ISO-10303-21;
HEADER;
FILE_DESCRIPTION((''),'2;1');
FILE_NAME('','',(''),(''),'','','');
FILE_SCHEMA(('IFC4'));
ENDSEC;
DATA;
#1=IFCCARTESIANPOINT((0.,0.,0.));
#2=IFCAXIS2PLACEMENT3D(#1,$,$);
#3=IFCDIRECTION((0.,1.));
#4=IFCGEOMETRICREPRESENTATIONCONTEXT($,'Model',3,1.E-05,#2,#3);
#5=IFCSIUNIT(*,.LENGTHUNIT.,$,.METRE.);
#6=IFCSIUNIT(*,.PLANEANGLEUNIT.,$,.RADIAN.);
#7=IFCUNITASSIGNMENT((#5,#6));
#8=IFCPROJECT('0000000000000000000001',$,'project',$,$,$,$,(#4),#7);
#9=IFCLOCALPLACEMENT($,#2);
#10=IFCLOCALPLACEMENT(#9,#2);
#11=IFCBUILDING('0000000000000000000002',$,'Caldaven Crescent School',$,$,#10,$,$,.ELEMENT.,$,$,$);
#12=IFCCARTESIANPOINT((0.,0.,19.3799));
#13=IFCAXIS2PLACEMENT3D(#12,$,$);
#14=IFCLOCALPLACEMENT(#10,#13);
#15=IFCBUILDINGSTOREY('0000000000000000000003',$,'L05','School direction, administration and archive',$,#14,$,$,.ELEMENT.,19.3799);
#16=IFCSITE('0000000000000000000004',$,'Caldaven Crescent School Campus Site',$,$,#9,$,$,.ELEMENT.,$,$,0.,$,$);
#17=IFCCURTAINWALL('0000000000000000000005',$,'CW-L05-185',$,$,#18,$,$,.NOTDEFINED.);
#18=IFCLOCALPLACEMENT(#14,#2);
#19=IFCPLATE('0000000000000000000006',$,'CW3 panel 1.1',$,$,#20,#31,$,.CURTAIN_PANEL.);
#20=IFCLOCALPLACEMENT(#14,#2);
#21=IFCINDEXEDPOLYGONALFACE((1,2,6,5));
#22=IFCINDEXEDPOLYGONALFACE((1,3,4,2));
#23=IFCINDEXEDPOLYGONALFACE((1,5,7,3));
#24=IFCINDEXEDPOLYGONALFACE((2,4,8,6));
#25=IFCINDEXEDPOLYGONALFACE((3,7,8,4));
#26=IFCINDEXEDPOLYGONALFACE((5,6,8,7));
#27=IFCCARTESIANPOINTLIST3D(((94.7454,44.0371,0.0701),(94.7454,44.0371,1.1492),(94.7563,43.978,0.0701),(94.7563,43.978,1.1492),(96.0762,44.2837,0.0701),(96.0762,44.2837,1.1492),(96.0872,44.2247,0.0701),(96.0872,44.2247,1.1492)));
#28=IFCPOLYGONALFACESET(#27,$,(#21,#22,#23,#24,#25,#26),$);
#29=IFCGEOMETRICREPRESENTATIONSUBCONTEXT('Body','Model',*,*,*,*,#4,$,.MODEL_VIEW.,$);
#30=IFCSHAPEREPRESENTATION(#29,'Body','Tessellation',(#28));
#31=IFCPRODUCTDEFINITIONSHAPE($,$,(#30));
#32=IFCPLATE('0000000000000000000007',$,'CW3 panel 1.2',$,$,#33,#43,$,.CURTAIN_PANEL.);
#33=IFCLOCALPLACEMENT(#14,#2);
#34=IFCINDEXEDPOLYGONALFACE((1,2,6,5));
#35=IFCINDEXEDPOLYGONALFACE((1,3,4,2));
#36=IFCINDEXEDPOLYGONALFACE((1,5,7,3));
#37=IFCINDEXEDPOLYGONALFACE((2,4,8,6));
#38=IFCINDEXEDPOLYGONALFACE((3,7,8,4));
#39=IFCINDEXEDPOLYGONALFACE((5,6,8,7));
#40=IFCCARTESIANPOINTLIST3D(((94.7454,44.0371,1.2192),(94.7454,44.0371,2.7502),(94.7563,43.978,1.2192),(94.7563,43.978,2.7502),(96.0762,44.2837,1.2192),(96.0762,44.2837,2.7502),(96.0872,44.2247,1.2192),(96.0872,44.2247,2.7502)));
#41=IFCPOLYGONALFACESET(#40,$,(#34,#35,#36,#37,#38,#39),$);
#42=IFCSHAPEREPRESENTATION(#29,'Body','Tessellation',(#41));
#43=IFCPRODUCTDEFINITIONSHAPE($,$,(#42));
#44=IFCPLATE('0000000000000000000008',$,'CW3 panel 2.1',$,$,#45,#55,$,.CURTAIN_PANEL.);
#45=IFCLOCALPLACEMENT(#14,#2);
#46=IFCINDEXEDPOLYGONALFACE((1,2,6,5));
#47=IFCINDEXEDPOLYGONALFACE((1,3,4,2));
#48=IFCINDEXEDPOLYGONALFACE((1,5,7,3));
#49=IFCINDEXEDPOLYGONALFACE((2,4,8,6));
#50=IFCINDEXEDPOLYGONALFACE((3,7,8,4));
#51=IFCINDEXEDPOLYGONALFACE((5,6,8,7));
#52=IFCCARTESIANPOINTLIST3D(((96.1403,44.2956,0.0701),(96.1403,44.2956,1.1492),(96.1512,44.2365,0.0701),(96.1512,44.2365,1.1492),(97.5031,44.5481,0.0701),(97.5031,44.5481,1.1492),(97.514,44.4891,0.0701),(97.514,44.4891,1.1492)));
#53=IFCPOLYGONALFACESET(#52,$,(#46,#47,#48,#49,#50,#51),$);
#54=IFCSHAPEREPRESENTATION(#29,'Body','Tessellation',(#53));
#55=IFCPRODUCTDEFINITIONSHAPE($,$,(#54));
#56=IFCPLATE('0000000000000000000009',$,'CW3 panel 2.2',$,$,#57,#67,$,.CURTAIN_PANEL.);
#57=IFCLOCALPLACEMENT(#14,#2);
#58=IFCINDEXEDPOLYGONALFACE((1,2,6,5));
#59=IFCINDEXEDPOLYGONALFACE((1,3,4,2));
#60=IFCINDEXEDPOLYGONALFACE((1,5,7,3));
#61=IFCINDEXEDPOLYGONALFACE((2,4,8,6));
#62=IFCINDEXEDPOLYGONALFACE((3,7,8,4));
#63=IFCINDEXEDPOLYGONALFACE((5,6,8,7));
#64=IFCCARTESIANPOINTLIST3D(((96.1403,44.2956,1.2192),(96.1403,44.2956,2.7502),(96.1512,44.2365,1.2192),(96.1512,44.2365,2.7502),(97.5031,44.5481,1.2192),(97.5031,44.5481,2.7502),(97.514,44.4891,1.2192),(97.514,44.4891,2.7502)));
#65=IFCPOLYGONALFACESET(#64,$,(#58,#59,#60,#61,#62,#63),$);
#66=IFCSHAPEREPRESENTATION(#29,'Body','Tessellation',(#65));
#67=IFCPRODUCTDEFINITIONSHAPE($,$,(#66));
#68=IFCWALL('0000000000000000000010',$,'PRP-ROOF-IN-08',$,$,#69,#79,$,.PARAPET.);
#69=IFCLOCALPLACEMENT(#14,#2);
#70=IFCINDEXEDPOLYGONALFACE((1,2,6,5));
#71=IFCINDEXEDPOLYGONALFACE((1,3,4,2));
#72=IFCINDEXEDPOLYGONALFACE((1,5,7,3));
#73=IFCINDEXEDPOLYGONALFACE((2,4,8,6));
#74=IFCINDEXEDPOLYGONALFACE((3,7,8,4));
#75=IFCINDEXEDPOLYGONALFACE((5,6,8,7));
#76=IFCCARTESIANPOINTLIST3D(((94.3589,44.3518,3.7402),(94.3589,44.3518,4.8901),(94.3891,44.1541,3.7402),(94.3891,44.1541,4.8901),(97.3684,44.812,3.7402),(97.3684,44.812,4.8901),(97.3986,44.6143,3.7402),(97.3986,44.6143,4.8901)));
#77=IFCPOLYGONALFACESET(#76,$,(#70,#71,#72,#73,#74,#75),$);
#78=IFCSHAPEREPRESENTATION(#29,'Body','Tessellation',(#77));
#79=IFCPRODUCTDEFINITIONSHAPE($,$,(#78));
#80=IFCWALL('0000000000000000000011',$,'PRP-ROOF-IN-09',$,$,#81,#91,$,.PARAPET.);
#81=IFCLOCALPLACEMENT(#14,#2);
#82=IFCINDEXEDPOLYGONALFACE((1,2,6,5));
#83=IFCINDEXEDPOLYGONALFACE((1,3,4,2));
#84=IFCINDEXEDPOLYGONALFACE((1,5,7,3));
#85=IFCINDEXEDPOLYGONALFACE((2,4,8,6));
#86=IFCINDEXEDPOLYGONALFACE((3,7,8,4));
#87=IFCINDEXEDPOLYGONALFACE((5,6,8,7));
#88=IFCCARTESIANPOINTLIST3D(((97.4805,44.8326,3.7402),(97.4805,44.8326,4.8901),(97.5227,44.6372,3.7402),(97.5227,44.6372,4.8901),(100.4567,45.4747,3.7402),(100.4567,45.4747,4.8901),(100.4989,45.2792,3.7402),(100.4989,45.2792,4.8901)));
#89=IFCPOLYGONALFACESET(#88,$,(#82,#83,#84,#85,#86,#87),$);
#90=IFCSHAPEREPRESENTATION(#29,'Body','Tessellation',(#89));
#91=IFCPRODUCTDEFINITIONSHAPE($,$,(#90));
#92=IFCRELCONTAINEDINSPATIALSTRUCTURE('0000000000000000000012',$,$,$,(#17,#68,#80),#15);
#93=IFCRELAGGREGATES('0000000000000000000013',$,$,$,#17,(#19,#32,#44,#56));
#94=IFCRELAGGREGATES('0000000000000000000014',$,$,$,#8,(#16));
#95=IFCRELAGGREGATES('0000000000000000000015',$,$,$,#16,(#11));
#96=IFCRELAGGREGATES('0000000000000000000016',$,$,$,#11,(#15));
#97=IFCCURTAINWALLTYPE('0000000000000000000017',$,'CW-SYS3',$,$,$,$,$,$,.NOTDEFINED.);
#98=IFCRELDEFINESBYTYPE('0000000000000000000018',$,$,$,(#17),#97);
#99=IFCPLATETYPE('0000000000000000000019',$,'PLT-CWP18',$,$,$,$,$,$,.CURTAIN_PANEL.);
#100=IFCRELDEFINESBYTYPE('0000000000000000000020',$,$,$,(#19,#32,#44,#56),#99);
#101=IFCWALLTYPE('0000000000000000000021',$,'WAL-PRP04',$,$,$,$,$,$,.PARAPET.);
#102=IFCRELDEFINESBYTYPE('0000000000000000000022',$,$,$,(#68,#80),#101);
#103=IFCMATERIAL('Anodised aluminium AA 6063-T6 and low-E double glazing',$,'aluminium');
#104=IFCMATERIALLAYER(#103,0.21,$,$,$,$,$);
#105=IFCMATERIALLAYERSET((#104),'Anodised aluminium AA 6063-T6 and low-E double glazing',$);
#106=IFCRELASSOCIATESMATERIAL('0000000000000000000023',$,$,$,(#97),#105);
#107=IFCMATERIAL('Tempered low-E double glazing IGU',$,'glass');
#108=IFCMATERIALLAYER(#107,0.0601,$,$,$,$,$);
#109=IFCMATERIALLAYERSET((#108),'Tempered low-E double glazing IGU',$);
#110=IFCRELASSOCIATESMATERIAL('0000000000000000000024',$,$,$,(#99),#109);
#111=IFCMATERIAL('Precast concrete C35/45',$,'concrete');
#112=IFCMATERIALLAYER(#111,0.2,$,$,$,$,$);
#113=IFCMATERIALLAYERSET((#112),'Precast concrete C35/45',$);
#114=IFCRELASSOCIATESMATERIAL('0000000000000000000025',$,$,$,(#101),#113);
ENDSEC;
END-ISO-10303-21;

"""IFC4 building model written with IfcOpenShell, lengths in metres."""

from ifc_helpers import new_model, si_unit, direction, frame, frame_2d, origin, origin_2d, place, context, subcontext, project, spatial, rectangle, extrude, material, layer, layer_set, type_object, element, aggregate, save


model = new_model("IFC4")

# Units and contexts
model_context = context("Model", 3, precision=1e-05, world=origin(), true_north=direction((0.0, 1.0)))
body_context = subcontext(model_context, "Body", "Model", "MODEL_VIEW")
ifc_project = project(units=[si_unit("LENGTHUNIT", "METRE"), si_unit("PLANEANGLEUNIT", "RADIAN")], contexts=[model_context])

# Site, building, storey
site_placement = place(None, origin())
site = spatial("IfcSite", under=ifc_project, at=site_placement, Name="Caldaven Crescent School Campus Site", CompositionType="ELEMENT", RefElevation=0.0)
building_placement = place(site_placement, origin())
building = spatial("IfcBuilding", under=site, at=building_placement, Name="Caldaven Crescent School", CompositionType="ELEMENT")
storey_placement = place(building_placement, frame((0.0, 0.0, 19.3799)))
storey = spatial("IfcBuildingStorey", under=building, at=storey_placement, Name="L05", Description="School direction, administration and archive", CompositionType="ELEMENT", Elevation=19.3799)

# Curtain wall
ifc_material_1 = material(Name="Anodised aluminium AA 6063-T6 and low-E double glazing", Category="aluminium")
ifc_layer_1 = layer(ifc_material_1, 0.21)
ifc_layer_set_1 = layer_set([ifc_layer_1], Name="Anodised aluminium AA 6063-T6 and low-E double glazing")
curtain_wall_type_1 = type_object("IfcCurtainWallType", Name="CW-SYS3", PredefinedType="NOTDEFINED", material=ifc_layer_set_1)
curtain_wall_1_placement = place(storey_placement, origin())
curtain_wall_1 = element("IfcCurtainWall", 1, at=curtain_wall_1_placement, inside=storey, type_object=curtain_wall_type_1, Name="CW-L05-185", PredefinedType="NOTDEFINED")

# Plates
ifc_material_2 = material(Name="Tempered low-E double glazing IGU", Category="glass")
ifc_layer_2 = layer(ifc_material_2, 0.0601)
ifc_layer_set_2 = layer_set([ifc_layer_2], Name="Tempered low-E double glazing IGU")
plate_type_1 = type_object("IfcPlateType", Name="PLT-CWP18", PredefinedType="CURTAIN_PANEL", material=ifc_layer_set_2)
plate_1_placement = place(storey_placement, frame((95.4163, 44.1309, 0.0701), z_axis=(0.0, 0.0, 1.0), x_axis=(0.983255, 0.182236, 0.0)))
plate_1 = element("IfcPlate", 2, at=plate_1_placement, type_object=plate_type_1, Name="CW3 panel 1.1", PredefinedType="CURTAIN_PANEL", context=body_context, shape_type="SweptSolid", body=[
    extrude(rectangle(XDim=1.3535, YDim=0.0601, at=origin_2d()), origin(), (0.0, 0.0, 1.0), 1.0791),
])
plate_2_placement = place(storey_placement, frame((95.4163, 44.1309, 1.2192), z_axis=(0.0, 0.0, 1.0), x_axis=(0.983255, 0.182236, 0.0)))
plate_2 = element("IfcPlate", 3, at=plate_2_placement, type_object=plate_type_1, Name="CW3 panel 1.2", PredefinedType="CURTAIN_PANEL", context=body_context, shape_type="SweptSolid", body=[
    extrude(rectangle(XDim=1.3535, YDim=0.0601, at=origin_2d()), origin(), (0.0, 0.0, 1.0), 1.531),
])
plate_3_placement = place(storey_placement, frame((96.8271, 44.3923, 0.0701), z_axis=(0.0, 0.0, 1.0), x_axis=(0.983255, 0.182236, 0.0)))
plate_3 = element("IfcPlate", 4, at=plate_3_placement, type_object=plate_type_1, Name="CW3 panel 2.1", PredefinedType="CURTAIN_PANEL", context=body_context, shape_type="SweptSolid", body=[
    extrude(rectangle(XDim=1.386, YDim=0.0601, at=origin_2d()), origin(), (0.0, 0.0, 1.0), 1.0791),
])
plate_4_placement = place(storey_placement, frame((96.8271, 44.3923, 1.2192), z_axis=(0.0, 0.0, 1.0), x_axis=(0.983255, 0.182236, 0.0)))
plate_4 = element("IfcPlate", 5, at=plate_4_placement, type_object=plate_type_1, Name="CW3 panel 2.2", PredefinedType="CURTAIN_PANEL", context=body_context, shape_type="SweptSolid", body=[
    extrude(rectangle(XDim=1.386, YDim=0.0601, at=origin_2d()), origin(), (0.0, 0.0, 1.0), 1.531),
])
aggregate(curtain_wall_1, [plate_1, plate_2, plate_3, plate_4])

# Walls
ifc_material_3 = material(Name="Precast concrete C35/45", Category="concrete")
ifc_layer_3 = layer(ifc_material_3, 0.2)
ifc_layer_set_3 = layer_set([ifc_layer_3], Name="Precast concrete C35/45")
wall_type = type_object("IfcWallType", Name="WAL-PRP04", PredefinedType="PARAPET", material=ifc_layer_set_3)
wall_1_placement = place(storey_placement, frame((94.374, 44.2529, 3.7402), z_axis=(0.0, 0.0, 1.0), x_axis=(0.988509, 0.151159, 0.0)))
element("IfcWall", 6, at=wall_1_placement, inside=storey, type_object=wall_type, Name="PRP-ROOF-IN-08", PredefinedType="PARAPET", context=body_context, shape_type="SweptSolid", body=[
    extrude(rectangle(XDim=3.0444, YDim=0.2, at=frame_2d((1.5222, 0.0))), origin(), (0.0, 0.0, 1.0), 1.1499),
])
wall_2_placement = place(storey_placement, frame((97.5015, 44.7349, 3.7402), z_axis=(0.0, 0.0, 1.0), x_axis=(0.977512, 0.210881, 0.0)))
element("IfcWall", 7, at=wall_2_placement, inside=storey, type_object=wall_type, Name="PRP-ROOF-IN-09", PredefinedType="PARAPET", context=body_context, shape_type="SweptSolid", body=[
    extrude(rectangle(XDim=3.0447, YDim=0.2, at=frame_2d((1.5225, 0.0))), origin(), (0.0, 0.0, 1.0), 1.1499),
])

save(model, "model.ifc")
